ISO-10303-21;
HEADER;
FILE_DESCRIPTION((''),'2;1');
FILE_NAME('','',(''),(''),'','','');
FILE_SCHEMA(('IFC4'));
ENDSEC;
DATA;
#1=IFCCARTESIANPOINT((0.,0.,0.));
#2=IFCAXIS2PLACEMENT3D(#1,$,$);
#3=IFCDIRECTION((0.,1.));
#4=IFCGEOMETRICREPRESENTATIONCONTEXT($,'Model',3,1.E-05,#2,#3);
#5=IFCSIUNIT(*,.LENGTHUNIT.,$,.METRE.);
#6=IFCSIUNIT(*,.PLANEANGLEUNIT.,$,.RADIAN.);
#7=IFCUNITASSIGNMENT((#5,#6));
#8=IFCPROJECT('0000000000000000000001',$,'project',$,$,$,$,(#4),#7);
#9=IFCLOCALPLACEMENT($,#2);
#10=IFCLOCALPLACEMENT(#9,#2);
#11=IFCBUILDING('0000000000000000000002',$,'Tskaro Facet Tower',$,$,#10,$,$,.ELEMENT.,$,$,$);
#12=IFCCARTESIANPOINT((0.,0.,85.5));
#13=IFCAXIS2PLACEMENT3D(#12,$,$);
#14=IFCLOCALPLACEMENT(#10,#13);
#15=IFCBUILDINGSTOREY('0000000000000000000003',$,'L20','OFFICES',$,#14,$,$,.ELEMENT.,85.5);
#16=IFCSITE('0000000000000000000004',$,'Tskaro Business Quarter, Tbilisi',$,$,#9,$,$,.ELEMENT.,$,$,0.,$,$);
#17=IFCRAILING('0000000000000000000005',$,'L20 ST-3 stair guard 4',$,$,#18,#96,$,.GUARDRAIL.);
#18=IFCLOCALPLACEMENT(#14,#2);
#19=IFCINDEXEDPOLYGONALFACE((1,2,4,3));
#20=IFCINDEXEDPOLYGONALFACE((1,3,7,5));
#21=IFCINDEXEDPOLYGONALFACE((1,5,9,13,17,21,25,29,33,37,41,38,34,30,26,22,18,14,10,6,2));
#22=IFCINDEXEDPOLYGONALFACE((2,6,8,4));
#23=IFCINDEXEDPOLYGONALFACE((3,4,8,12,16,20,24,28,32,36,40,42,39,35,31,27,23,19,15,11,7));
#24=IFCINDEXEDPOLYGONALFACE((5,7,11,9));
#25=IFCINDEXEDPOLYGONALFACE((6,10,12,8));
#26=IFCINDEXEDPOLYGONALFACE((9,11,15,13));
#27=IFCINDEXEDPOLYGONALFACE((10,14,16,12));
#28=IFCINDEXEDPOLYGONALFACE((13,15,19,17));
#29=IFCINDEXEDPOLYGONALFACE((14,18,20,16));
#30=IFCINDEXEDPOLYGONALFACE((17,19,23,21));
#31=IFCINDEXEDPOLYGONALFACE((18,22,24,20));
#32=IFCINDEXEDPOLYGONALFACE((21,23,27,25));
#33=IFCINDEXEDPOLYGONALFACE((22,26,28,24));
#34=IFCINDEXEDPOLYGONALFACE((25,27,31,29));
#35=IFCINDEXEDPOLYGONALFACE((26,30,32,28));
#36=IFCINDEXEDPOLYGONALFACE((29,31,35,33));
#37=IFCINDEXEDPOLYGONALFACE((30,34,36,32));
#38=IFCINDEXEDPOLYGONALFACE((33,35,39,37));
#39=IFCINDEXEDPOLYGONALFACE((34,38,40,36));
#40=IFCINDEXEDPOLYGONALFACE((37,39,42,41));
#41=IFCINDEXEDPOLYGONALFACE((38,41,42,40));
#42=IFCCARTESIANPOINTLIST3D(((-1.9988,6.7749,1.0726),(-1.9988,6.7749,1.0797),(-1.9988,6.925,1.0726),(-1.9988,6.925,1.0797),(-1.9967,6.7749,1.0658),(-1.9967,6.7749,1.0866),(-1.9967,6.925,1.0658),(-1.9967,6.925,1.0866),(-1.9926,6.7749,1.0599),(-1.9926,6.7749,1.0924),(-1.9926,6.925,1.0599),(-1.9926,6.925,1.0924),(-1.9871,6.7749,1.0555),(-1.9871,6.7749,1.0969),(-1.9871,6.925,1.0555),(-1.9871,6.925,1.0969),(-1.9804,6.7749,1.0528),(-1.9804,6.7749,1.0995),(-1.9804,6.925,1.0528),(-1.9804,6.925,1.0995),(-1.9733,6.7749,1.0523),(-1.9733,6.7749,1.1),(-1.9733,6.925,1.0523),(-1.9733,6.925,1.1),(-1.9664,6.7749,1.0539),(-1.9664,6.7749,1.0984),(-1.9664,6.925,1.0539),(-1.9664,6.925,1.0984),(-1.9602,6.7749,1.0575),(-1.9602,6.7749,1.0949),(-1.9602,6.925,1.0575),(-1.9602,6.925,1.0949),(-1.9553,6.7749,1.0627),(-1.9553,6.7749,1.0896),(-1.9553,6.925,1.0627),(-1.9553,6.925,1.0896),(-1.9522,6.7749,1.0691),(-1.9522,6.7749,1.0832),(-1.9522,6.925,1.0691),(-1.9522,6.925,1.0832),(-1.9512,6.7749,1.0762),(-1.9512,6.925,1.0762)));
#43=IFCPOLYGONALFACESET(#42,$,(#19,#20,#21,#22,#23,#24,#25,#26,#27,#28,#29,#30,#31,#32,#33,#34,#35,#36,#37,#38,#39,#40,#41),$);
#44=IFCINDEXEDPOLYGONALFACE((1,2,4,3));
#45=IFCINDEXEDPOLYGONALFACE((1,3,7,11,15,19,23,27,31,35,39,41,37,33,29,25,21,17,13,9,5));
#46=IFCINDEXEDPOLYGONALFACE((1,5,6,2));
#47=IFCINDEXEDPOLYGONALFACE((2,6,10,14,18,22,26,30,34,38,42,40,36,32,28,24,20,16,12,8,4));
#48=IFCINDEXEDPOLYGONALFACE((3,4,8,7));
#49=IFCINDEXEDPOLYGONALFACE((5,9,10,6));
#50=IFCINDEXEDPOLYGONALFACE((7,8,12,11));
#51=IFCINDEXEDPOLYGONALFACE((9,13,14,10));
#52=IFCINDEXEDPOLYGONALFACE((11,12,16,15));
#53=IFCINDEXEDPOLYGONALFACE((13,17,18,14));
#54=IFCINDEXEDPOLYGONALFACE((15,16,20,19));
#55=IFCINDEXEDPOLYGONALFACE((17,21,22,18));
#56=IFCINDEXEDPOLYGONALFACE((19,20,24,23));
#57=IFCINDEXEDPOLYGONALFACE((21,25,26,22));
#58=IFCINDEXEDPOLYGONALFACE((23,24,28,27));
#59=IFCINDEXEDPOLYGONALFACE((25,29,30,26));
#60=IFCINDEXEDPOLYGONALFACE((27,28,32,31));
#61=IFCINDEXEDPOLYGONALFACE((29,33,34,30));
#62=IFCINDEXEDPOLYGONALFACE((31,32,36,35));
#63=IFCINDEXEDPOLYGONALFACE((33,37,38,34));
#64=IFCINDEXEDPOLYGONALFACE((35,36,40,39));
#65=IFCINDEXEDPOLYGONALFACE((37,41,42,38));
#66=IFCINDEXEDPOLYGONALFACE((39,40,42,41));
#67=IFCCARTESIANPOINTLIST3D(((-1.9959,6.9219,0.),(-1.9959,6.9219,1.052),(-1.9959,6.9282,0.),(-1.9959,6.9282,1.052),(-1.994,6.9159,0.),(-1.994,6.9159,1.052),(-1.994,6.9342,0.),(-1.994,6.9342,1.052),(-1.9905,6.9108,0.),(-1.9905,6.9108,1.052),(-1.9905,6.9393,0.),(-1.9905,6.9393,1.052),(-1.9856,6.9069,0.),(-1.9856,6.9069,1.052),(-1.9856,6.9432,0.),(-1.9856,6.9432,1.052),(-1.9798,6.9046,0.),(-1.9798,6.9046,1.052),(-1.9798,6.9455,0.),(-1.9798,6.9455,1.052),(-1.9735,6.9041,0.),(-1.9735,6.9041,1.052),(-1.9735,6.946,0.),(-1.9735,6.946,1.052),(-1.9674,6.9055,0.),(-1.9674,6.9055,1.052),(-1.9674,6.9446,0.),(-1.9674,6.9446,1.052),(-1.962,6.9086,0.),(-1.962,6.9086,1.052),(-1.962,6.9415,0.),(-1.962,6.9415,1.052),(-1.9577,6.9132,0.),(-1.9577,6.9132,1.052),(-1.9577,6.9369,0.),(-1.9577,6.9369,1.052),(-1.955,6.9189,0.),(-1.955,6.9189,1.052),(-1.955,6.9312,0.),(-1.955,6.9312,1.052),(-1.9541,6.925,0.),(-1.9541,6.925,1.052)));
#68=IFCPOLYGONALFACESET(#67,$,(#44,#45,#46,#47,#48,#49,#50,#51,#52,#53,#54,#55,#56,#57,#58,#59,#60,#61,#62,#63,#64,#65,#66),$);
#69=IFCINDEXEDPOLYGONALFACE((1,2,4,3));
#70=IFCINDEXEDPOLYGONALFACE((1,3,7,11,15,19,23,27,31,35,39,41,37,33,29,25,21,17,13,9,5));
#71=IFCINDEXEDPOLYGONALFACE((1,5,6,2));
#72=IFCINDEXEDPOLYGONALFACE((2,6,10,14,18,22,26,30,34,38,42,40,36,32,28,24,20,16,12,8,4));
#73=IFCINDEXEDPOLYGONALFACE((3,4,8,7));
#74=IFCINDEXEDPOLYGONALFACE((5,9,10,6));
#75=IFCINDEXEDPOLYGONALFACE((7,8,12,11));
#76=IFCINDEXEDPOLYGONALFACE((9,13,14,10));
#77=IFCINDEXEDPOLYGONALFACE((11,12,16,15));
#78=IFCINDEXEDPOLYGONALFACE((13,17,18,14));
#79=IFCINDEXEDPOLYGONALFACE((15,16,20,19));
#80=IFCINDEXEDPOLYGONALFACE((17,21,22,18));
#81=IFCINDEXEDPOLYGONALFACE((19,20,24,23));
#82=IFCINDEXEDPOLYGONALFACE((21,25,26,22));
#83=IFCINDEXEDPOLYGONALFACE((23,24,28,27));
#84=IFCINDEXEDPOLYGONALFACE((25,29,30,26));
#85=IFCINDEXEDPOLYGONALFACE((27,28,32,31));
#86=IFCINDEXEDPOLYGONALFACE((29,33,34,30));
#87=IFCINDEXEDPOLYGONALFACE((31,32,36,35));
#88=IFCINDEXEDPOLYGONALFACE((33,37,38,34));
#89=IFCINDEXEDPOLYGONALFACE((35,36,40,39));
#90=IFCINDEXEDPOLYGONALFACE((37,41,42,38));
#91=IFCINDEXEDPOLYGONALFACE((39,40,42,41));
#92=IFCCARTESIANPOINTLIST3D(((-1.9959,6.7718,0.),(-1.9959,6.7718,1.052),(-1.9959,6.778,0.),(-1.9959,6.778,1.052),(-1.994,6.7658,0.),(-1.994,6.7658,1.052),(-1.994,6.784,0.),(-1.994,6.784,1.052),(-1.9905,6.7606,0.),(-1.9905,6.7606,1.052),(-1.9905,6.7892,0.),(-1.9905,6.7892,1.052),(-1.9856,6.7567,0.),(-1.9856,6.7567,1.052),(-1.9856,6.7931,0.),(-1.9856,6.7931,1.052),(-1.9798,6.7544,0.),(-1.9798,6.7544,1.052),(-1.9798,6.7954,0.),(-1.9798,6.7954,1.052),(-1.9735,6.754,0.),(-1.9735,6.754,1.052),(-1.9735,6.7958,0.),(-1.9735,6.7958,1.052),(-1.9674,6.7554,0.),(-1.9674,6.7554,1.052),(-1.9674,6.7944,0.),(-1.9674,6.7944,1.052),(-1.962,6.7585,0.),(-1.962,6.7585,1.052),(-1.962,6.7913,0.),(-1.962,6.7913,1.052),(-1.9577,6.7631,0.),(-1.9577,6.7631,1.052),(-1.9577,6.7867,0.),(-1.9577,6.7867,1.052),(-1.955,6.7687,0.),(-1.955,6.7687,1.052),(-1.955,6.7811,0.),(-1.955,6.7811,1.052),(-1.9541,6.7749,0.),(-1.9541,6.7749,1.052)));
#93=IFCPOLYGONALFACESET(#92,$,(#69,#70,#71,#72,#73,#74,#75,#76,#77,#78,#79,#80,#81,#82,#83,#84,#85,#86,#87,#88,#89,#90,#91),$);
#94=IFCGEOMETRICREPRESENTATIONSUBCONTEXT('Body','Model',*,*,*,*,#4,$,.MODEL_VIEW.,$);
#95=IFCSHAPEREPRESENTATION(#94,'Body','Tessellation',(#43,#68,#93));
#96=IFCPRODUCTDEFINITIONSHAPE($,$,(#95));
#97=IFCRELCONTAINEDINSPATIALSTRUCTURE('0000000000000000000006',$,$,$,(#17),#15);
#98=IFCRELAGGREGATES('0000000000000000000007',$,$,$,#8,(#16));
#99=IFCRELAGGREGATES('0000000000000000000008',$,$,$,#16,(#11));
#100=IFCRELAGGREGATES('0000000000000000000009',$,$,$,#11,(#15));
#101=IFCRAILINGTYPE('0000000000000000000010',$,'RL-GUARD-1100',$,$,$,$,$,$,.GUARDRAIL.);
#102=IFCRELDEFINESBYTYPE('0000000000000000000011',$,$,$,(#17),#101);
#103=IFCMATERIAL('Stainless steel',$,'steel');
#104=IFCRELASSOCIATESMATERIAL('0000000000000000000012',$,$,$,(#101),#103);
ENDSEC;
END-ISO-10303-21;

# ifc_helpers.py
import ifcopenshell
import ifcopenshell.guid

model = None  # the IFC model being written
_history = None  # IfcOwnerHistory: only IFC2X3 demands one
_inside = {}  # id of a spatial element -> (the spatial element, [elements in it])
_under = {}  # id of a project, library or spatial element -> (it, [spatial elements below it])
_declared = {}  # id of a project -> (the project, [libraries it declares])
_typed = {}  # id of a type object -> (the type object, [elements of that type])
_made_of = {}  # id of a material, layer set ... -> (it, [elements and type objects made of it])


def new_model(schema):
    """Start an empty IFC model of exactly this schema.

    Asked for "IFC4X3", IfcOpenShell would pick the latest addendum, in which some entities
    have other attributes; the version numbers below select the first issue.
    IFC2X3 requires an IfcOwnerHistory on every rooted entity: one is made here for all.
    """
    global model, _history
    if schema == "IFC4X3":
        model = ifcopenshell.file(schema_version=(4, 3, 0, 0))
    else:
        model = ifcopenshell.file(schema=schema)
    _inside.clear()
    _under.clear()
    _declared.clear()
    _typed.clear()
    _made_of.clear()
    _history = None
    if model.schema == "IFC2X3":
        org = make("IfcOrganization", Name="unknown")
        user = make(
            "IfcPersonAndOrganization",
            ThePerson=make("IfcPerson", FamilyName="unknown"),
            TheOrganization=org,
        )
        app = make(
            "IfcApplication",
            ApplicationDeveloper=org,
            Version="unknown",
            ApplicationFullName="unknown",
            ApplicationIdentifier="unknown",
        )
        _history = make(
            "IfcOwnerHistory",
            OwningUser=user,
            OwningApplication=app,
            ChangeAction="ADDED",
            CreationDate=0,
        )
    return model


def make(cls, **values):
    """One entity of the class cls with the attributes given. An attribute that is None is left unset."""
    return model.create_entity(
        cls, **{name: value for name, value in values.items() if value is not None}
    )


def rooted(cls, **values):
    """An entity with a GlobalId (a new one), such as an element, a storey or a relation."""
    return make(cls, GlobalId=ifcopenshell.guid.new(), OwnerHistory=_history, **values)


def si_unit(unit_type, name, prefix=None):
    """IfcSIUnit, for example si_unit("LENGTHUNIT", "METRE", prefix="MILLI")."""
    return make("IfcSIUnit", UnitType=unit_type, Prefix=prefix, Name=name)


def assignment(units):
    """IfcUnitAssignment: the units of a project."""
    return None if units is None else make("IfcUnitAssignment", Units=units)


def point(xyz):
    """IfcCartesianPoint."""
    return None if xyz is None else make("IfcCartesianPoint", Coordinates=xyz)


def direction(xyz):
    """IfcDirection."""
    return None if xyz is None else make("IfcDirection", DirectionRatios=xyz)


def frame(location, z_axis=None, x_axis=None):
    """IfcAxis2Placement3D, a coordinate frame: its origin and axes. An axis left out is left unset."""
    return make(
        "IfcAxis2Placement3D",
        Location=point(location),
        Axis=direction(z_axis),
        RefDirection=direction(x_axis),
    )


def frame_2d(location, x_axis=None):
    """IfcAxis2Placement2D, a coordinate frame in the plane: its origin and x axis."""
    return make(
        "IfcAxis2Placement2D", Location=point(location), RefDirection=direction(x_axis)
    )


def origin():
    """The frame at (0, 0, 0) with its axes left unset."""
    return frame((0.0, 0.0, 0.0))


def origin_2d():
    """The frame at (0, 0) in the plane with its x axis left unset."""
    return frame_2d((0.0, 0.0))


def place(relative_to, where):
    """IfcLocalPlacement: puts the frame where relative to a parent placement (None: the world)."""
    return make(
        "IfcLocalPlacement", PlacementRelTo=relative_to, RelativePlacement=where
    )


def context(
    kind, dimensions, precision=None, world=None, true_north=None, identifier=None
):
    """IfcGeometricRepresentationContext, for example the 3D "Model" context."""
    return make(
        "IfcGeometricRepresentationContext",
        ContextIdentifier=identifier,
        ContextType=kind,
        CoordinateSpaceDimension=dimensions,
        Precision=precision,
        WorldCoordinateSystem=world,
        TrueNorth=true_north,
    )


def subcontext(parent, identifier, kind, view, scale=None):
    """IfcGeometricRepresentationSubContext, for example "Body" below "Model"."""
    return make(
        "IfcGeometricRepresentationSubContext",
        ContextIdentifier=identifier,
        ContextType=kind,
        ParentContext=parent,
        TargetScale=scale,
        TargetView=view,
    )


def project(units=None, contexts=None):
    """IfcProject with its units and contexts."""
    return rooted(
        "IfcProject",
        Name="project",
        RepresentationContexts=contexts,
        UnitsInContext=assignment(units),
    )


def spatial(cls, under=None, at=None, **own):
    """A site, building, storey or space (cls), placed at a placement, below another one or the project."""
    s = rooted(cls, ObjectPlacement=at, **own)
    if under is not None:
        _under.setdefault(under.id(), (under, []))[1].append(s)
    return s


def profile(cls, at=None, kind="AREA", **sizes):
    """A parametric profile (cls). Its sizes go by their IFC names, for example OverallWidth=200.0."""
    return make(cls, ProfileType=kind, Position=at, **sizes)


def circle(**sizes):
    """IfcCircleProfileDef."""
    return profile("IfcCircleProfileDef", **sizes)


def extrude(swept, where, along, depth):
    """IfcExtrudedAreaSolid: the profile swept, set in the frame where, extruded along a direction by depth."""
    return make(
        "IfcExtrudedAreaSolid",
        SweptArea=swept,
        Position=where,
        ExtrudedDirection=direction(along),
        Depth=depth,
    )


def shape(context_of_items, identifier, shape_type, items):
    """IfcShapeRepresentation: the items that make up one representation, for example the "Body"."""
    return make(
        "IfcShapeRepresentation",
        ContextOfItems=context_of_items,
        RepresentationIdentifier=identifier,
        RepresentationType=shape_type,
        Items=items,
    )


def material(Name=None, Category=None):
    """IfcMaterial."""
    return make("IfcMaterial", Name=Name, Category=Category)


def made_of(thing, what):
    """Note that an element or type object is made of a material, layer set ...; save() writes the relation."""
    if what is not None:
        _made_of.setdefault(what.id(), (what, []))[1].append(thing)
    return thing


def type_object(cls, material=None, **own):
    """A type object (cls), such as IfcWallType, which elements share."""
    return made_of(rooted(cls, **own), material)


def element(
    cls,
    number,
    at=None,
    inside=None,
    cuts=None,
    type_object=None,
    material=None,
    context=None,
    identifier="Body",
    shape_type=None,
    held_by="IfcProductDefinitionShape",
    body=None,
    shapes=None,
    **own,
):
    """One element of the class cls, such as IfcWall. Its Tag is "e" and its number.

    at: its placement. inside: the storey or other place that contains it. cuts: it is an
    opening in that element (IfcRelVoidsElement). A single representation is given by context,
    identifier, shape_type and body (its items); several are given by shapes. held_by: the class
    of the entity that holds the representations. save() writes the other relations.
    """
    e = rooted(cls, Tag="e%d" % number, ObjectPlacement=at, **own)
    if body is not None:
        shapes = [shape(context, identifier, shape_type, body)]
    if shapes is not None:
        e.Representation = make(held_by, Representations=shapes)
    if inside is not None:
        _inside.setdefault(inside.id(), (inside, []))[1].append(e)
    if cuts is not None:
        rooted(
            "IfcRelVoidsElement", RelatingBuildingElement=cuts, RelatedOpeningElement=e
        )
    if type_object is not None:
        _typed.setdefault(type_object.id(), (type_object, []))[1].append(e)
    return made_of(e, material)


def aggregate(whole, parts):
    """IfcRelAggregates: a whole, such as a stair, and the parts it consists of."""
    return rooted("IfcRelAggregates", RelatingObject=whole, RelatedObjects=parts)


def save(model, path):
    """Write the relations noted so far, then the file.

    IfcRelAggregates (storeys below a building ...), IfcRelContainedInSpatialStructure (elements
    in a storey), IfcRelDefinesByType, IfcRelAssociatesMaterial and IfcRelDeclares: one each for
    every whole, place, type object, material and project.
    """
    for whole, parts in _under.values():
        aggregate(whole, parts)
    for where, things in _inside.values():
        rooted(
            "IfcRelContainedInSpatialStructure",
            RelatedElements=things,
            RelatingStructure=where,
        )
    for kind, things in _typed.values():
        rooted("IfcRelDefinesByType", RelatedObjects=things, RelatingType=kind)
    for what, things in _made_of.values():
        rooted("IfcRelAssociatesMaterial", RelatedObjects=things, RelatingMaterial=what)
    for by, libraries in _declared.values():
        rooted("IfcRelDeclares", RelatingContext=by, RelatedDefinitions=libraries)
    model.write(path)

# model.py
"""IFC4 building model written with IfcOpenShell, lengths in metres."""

from ifc_helpers import new_model, si_unit, direction, frame, origin, origin_2d, place, context, subcontext, project, spatial, circle, extrude, material, type_object, element, save


model = new_model("IFC4")

# Units and contexts
model_context = context("Model", 3, precision=1e-05, world=origin(), true_north=direction((0.0, 1.0)))
body_context = subcontext(model_context, "Body", "Model", "MODEL_VIEW")
ifc_project = project(units=[si_unit("LENGTHUNIT", "METRE"), si_unit("PLANEANGLEUNIT", "RADIAN")], contexts=[model_context])

# Site, building, storey
site_placement = place(None, origin())
site = spatial("IfcSite", under=ifc_project, at=site_placement, Name="Tskaro Business Quarter, Tbilisi", CompositionType="ELEMENT", RefElevation=0.0)
building_placement = place(site_placement, origin())
building = spatial("IfcBuilding", under=site, at=building_placement, Name="Tskaro Facet Tower", CompositionType="ELEMENT")
storey_placement = place(building_placement, frame((0.0, 0.0, 85.5)))
storey = spatial("IfcBuildingStorey", under=building, at=storey_placement, Name="L20", Description="OFFICES", CompositionType="ELEMENT", Elevation=85.5)

# Railing
ifc_material_1 = material(Name="Stainless steel", Category="steel")
railing_type_1 = type_object("IfcRailingType", Name="RL-GUARD-1100", PredefinedType="GUARDRAIL", material=ifc_material_1)
railing_1_placement = place(storey_placement, frame((-1.9751, 6.925, 0.0)))
element("IfcRailing", 1, at=railing_1_placement, inside=storey, type_object=railing_type_1, Name="L20 ST-3 stair guard 4", PredefinedType="GUARDRAIL", context=body_context, shape_type="SweptSolid", body=[
    extrude(circle(Radius=0.0239, at=origin_2d()), frame((0.0, 0.0, 1.0762), z_axis=(0.0, -1.0, 0.0), x_axis=(1.0, 0.0, 0.0)), (0.0, 0.0, 1.0), 0.1501),
    extrude(circle(Radius=0.021, at=origin_2d()), origin(), (0.0, 0.0, 1.0), 1.052),
    extrude(circle(Radius=0.021, at=origin_2d()), frame((0.0, -0.1501, 0.0)), (0.0, 0.0, 1.0), 1.052),
])

save(model, "model.ifc")
